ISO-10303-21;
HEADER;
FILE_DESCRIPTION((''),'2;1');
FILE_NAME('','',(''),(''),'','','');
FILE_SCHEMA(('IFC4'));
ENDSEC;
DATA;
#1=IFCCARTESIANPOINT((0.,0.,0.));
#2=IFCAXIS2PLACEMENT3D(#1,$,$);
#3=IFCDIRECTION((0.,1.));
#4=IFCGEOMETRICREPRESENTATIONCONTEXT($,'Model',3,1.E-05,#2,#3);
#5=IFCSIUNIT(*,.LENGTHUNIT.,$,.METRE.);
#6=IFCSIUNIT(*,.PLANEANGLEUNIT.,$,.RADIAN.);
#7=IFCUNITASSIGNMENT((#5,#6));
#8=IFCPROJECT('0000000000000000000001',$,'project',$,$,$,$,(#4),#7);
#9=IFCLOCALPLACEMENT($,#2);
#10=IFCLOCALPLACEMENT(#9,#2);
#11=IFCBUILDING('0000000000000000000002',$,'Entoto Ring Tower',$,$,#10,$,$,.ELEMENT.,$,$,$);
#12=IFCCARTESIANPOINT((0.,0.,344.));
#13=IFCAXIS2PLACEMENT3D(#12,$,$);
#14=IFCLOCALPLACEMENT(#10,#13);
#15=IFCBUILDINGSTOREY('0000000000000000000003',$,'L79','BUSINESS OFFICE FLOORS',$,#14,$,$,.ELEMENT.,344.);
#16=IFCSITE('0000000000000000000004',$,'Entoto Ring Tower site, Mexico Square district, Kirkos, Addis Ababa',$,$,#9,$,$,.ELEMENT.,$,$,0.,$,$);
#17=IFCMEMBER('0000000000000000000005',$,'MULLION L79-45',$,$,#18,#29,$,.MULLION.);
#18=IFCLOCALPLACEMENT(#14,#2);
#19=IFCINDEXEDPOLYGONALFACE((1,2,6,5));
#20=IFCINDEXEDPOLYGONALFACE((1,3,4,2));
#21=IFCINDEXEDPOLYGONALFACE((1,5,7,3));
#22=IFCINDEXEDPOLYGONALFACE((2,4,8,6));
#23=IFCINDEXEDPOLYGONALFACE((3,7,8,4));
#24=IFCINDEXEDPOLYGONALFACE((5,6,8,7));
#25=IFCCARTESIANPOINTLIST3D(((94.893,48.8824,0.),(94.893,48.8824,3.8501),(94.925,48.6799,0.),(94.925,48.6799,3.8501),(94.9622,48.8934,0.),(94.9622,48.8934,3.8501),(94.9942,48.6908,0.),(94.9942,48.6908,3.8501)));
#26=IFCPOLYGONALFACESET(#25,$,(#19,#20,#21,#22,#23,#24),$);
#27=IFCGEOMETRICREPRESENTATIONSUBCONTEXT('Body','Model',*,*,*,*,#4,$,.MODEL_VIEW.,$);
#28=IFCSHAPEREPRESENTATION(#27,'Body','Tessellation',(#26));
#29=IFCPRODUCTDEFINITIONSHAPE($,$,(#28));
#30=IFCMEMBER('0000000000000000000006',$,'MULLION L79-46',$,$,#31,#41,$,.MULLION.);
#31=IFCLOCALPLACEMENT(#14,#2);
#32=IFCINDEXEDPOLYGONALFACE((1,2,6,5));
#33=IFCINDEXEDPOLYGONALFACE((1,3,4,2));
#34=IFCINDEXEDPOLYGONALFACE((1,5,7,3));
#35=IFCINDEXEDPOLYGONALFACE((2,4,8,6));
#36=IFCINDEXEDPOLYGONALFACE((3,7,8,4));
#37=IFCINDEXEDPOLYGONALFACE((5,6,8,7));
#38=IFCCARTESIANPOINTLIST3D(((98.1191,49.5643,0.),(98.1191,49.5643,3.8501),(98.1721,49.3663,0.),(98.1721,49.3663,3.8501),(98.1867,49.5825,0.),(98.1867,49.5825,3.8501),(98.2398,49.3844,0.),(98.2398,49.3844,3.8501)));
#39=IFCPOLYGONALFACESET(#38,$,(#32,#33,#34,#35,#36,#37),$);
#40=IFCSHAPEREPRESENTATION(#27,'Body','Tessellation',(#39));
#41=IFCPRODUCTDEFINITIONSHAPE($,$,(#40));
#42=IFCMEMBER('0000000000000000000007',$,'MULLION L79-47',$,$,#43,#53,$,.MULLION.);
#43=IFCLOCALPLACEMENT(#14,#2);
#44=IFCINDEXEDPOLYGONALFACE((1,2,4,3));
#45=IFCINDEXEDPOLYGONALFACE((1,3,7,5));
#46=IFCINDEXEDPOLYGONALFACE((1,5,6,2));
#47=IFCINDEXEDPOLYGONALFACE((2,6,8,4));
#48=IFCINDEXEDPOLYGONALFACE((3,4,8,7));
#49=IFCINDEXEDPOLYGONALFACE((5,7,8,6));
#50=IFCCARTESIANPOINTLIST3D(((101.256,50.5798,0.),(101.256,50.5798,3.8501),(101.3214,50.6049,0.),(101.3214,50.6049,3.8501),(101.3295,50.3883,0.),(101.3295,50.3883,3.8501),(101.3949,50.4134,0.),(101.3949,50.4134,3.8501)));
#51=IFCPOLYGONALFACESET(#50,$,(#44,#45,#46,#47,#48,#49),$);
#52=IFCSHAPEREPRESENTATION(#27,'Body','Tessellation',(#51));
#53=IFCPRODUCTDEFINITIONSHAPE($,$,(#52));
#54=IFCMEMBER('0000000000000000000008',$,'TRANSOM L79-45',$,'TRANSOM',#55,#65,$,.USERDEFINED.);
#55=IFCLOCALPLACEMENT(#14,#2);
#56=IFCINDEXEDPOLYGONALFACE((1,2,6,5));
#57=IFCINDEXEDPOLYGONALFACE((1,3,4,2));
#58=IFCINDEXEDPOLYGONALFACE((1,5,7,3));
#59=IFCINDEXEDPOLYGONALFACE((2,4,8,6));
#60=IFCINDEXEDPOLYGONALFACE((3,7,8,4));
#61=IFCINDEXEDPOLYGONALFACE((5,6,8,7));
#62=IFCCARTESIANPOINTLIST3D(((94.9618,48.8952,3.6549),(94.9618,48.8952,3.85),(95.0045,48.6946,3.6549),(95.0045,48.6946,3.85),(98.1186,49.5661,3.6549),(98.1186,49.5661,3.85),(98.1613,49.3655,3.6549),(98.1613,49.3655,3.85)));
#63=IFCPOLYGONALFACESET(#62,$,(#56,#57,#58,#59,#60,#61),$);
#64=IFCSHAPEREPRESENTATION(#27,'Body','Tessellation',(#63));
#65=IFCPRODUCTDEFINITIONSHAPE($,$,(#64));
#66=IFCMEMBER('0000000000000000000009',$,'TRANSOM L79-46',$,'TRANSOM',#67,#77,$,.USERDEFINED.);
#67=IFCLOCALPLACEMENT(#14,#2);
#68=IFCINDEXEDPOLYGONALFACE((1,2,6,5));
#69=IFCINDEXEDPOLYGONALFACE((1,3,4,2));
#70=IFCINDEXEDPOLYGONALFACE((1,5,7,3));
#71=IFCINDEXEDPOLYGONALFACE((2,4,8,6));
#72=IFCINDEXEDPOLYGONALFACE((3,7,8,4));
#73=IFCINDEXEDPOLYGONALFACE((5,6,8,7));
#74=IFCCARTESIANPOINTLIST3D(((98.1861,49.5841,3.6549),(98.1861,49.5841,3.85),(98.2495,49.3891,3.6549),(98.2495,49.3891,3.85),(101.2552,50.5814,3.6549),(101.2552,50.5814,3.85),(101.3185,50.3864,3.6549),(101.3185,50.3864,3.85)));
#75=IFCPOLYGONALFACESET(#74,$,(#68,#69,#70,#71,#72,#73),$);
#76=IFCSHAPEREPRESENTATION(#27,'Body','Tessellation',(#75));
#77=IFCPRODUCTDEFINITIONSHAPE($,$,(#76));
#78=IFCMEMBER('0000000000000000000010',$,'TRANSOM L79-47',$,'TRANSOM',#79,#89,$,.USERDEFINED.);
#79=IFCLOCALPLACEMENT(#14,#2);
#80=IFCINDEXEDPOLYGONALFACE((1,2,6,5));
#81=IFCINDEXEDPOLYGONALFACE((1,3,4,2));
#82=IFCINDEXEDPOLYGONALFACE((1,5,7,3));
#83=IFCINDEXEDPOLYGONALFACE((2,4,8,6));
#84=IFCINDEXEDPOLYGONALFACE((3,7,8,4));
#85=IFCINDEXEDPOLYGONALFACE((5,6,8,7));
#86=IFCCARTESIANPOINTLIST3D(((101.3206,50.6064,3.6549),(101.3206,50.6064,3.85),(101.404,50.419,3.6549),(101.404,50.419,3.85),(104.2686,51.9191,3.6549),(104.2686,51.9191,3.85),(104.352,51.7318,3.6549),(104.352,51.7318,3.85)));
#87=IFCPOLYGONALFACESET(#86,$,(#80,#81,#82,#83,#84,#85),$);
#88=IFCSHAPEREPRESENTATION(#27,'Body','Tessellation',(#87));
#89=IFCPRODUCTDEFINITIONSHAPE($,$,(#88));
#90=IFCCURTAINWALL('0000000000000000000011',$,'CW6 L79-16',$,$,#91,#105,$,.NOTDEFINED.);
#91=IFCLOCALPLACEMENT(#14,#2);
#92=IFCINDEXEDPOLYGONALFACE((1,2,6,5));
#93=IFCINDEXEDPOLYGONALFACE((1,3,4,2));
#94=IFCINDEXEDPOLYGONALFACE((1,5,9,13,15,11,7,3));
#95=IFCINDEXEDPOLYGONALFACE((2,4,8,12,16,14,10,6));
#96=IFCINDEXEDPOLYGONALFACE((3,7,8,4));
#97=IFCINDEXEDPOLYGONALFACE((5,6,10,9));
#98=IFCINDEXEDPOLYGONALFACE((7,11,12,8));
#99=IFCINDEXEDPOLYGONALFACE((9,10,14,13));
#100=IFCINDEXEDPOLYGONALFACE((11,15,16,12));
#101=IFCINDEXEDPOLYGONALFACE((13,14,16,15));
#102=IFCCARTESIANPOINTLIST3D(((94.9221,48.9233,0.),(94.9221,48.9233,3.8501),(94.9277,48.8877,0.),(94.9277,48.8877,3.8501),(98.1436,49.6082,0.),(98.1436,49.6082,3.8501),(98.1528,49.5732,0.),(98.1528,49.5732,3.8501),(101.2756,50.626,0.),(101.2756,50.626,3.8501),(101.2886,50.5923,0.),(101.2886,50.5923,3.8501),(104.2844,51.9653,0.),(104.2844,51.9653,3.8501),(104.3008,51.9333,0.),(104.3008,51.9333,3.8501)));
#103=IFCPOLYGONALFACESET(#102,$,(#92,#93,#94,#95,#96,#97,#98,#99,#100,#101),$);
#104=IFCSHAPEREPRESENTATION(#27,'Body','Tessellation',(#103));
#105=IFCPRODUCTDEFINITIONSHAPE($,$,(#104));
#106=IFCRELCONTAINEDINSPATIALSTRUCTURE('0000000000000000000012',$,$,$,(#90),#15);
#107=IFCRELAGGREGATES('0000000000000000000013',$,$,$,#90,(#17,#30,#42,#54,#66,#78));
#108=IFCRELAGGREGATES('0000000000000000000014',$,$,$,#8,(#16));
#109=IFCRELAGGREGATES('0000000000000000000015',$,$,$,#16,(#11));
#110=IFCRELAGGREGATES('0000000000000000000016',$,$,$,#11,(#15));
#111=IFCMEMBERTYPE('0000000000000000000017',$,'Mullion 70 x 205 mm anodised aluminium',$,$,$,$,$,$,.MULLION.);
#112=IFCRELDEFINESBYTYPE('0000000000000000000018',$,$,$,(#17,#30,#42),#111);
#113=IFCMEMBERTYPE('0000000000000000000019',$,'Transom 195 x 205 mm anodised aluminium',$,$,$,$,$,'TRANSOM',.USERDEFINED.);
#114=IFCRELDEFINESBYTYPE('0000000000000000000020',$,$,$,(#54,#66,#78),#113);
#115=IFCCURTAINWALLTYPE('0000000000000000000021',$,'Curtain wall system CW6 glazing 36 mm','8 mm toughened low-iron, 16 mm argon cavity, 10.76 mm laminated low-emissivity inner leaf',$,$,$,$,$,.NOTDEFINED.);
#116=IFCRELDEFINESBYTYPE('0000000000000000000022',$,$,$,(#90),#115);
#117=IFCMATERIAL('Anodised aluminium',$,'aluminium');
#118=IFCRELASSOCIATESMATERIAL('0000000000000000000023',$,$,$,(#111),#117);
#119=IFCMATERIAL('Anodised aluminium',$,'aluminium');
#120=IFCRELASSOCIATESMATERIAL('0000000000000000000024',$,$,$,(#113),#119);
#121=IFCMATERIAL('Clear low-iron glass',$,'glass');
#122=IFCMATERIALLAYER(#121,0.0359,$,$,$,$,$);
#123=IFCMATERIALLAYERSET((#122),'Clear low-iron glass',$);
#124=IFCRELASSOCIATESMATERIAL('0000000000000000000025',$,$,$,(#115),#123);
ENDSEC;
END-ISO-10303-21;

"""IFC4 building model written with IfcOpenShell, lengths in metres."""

from ifc_helpers import new_model, si_unit, direction, frame, origin, origin_2d, place, context, subcontext, project, spatial, polyline, rectangle, outline, extrude, material, layer, layer_set, material_profile, profile_set, type_object, element, aggregate, save


model = new_model("IFC4")

# Units and contexts
model_context = context("Model", 3, precision=1e-05, world=origin(), true_north=direction((0.0, 1.0)))
body_context = subcontext(model_context, "Body", "Model", "MODEL_VIEW")
ifc_project = project(units=[si_unit("LENGTHUNIT", "METRE"), si_unit("PLANEANGLEUNIT", "RADIAN")], contexts=[model_context])

# Members
ifc_material_1 = material(Name="Anodised aluminium", Category="aluminium")
ifc_material_profile_1 = material_profile(ifc_material_1, rectangle(XDim=0.0701, YDim=0.2051, at=origin_2d()), Name="Mullion 70 x 205 mm anodised aluminium")
ifc_profile_set_1 = profile_set([ifc_material_profile_1], Name="Anodised aluminium")
member_type_1 = type_object("IfcMemberType", Name="Mullion 70 x 205 mm anodised aluminium", PredefinedType="MULLION", material=ifc_profile_set_1)
site_placement = place(None, origin())
building_placement = place(site_placement, origin())
storey_placement = place(building_placement, frame((0.0, 0.0, 344.0)))
member_1_placement = place(storey_placement, frame((94.9436, 48.7866, 0.0), z_axis=(0.0, 0.0, 1.0), x_axis=(0.987688, 0.156434, 0.0)))
member_1 = element("IfcMember", 1, at=member_1_placement, type_object=member_type_1, Name="MULLION L79-45", PredefinedType="MULLION", context=body_context, shape_type="SweptSolid", body=[
    extrude(rectangle(XDim=0.0701, YDim=0.2051, at=origin_2d()), origin(), (0.0, 0.0, 1.0), 3.8501),
])
member_2_placement = place(storey_placement, frame((98.1794, 49.4744, 0.0), z_axis=(0.0, 0.0, 1.0), x_axis=(0.965926, 0.258819, 0.0)))
member_2 = element("IfcMember", 2, at=member_2_placement, type_object=member_type_1, Name="MULLION L79-46", PredefinedType="MULLION", context=body_context, shape_type="SweptSolid", body=[
    extrude(rectangle(XDim=0.0701, YDim=0.2051, at=origin_2d()), origin(), (0.0, 0.0, 1.0), 3.8501),
])
member_3_placement = place(storey_placement, frame((101.3254, 50.4966, 0.0), z_axis=(0.0, 0.0, 1.0), x_axis=(0.93358, 0.358368, 0.0)))
member_3 = element("IfcMember", 3, at=member_3_placement, type_object=member_type_1, Name="MULLION L79-47", PredefinedType="MULLION", context=body_context, shape_type="SweptSolid", body=[
    extrude(rectangle(XDim=0.0701, YDim=0.2051, at=origin_2d()), origin(), (0.0, 0.0, 1.0), 3.8501),
])
ifc_material_2 = material(Name="Anodised aluminium", Category="aluminium")
ifc_material_profile_2 = material_profile(ifc_material_2, rectangle(XDim=0.2051, YDim=0.1951, at=origin_2d()), Name="Transom 195 x 205 mm anodised aluminium")
ifc_profile_set_2 = profile_set([ifc_material_profile_2], Name="Anodised aluminium")
member_type_2 = type_object("IfcMemberType", Name="Transom 195 x 205 mm anodised aluminium", ElementType="TRANSOM", PredefinedType="USERDEFINED", material=ifc_profile_set_2)
member_4_placement = place(storey_placement, frame((94.9832, 48.7949, 3.7524), z_axis=(0.978153, 0.207886, 0.0), x_axis=(-0.207886, 0.978153, 0.0)))
member_4 = element("IfcMember", 4, at=member_4_placement, type_object=member_type_2, Name="TRANSOM L79-45", ObjectType="TRANSOM", PredefinedType="USERDEFINED", context=body_context, shape_type="SweptSolid", body=[
    extrude(rectangle(XDim=0.2051, YDim=0.1951, at=origin_2d()), origin(), (0.0, 0.0, 1.0), 3.2273),
])
member_5_placement = place(storey_placement, frame((98.2178, 49.4866, 3.7524), z_axis=(0.951047, 0.309047, 0.0), x_axis=(-0.309047, 0.951047, 0.0)))
member_5 = element("IfcMember", 5, at=member_5_placement, type_object=member_type_2, Name="TRANSOM L79-46", ObjectType="TRANSOM", PredefinedType="USERDEFINED", context=body_context, shape_type="SweptSolid", body=[
    extrude(rectangle(XDim=0.2051, YDim=0.1951, at=origin_2d()), origin(), (0.0, 0.0, 1.0), 3.2271),
])
member_6_placement = place(storey_placement, frame((101.3623, 50.5127, 3.7524), z_axis=(0.913521, 0.406791, 0.0), x_axis=(-0.406791, 0.913521, 0.0)))
member_6 = element("IfcMember", 6, at=member_6_placement, type_object=member_type_2, Name="TRANSOM L79-47", ObjectType="TRANSOM", PredefinedType="USERDEFINED", context=body_context, shape_type="SweptSolid", body=[
    extrude(rectangle(XDim=0.2051, YDim=0.1951, at=origin_2d()), origin(), (0.0, 0.0, 1.0), 3.2271),
])

# Site, building, storey
site = spatial("IfcSite", under=ifc_project, at=site_placement, Name="Entoto Ring Tower site, Mexico Square district, Kirkos, Addis Ababa", CompositionType="ELEMENT", RefElevation=0.0)
building = spatial("IfcBuilding", under=site, at=building_placement, Name="Entoto Ring Tower", CompositionType="ELEMENT")
storey = spatial("IfcBuildingStorey", under=building, at=storey_placement, Name="L79", Description="BUSINESS OFFICE FLOORS", CompositionType="ELEMENT", Elevation=344.0)

# Curtain wall
ifc_material_3 = material(Name="Clear low-iron glass", Category="glass")
ifc_layer_1 = layer(ifc_material_3, 0.0359)
ifc_layer_set_1 = layer_set([ifc_layer_1], Name="Clear low-iron glass")
curtain_wall_type = type_object("IfcCurtainWallType", Name="Curtain wall system CW6 glazing 36 mm", Description="8 mm toughened low-iron, 16 mm argon cavity, 10.76 mm laminated low-emissivity inner leaf", PredefinedType="NOTDEFINED", material=ifc_layer_set_1)
curtain_wall_1_placement = place(storey_placement, origin())
curtain_wall_1 = element("IfcCurtainWall", 7, at=curtain_wall_1_placement, inside=storey, type_object=curtain_wall_type, Name="CW6 L79-16", PredefinedType="NOTDEFINED", context=body_context, shape_type="SweptSolid", body=[
    extrude(outline(polyline([(94.9277, 48.8877), (98.1528, 49.5732), (101.2886, 50.5923), (104.3008, 51.9333), (104.2844, 51.9653), (101.2756, 50.626), (98.1436, 49.6082), (94.9221, 48.9233), (94.9277, 48.8877)])), origin(), (0.0, 0.0, 1.0), 3.8501),
])
aggregate(curtain_wall_1, [member_1, member_2, member_3, member_4, member_5, member_6])

save(model, "model.ifc")
